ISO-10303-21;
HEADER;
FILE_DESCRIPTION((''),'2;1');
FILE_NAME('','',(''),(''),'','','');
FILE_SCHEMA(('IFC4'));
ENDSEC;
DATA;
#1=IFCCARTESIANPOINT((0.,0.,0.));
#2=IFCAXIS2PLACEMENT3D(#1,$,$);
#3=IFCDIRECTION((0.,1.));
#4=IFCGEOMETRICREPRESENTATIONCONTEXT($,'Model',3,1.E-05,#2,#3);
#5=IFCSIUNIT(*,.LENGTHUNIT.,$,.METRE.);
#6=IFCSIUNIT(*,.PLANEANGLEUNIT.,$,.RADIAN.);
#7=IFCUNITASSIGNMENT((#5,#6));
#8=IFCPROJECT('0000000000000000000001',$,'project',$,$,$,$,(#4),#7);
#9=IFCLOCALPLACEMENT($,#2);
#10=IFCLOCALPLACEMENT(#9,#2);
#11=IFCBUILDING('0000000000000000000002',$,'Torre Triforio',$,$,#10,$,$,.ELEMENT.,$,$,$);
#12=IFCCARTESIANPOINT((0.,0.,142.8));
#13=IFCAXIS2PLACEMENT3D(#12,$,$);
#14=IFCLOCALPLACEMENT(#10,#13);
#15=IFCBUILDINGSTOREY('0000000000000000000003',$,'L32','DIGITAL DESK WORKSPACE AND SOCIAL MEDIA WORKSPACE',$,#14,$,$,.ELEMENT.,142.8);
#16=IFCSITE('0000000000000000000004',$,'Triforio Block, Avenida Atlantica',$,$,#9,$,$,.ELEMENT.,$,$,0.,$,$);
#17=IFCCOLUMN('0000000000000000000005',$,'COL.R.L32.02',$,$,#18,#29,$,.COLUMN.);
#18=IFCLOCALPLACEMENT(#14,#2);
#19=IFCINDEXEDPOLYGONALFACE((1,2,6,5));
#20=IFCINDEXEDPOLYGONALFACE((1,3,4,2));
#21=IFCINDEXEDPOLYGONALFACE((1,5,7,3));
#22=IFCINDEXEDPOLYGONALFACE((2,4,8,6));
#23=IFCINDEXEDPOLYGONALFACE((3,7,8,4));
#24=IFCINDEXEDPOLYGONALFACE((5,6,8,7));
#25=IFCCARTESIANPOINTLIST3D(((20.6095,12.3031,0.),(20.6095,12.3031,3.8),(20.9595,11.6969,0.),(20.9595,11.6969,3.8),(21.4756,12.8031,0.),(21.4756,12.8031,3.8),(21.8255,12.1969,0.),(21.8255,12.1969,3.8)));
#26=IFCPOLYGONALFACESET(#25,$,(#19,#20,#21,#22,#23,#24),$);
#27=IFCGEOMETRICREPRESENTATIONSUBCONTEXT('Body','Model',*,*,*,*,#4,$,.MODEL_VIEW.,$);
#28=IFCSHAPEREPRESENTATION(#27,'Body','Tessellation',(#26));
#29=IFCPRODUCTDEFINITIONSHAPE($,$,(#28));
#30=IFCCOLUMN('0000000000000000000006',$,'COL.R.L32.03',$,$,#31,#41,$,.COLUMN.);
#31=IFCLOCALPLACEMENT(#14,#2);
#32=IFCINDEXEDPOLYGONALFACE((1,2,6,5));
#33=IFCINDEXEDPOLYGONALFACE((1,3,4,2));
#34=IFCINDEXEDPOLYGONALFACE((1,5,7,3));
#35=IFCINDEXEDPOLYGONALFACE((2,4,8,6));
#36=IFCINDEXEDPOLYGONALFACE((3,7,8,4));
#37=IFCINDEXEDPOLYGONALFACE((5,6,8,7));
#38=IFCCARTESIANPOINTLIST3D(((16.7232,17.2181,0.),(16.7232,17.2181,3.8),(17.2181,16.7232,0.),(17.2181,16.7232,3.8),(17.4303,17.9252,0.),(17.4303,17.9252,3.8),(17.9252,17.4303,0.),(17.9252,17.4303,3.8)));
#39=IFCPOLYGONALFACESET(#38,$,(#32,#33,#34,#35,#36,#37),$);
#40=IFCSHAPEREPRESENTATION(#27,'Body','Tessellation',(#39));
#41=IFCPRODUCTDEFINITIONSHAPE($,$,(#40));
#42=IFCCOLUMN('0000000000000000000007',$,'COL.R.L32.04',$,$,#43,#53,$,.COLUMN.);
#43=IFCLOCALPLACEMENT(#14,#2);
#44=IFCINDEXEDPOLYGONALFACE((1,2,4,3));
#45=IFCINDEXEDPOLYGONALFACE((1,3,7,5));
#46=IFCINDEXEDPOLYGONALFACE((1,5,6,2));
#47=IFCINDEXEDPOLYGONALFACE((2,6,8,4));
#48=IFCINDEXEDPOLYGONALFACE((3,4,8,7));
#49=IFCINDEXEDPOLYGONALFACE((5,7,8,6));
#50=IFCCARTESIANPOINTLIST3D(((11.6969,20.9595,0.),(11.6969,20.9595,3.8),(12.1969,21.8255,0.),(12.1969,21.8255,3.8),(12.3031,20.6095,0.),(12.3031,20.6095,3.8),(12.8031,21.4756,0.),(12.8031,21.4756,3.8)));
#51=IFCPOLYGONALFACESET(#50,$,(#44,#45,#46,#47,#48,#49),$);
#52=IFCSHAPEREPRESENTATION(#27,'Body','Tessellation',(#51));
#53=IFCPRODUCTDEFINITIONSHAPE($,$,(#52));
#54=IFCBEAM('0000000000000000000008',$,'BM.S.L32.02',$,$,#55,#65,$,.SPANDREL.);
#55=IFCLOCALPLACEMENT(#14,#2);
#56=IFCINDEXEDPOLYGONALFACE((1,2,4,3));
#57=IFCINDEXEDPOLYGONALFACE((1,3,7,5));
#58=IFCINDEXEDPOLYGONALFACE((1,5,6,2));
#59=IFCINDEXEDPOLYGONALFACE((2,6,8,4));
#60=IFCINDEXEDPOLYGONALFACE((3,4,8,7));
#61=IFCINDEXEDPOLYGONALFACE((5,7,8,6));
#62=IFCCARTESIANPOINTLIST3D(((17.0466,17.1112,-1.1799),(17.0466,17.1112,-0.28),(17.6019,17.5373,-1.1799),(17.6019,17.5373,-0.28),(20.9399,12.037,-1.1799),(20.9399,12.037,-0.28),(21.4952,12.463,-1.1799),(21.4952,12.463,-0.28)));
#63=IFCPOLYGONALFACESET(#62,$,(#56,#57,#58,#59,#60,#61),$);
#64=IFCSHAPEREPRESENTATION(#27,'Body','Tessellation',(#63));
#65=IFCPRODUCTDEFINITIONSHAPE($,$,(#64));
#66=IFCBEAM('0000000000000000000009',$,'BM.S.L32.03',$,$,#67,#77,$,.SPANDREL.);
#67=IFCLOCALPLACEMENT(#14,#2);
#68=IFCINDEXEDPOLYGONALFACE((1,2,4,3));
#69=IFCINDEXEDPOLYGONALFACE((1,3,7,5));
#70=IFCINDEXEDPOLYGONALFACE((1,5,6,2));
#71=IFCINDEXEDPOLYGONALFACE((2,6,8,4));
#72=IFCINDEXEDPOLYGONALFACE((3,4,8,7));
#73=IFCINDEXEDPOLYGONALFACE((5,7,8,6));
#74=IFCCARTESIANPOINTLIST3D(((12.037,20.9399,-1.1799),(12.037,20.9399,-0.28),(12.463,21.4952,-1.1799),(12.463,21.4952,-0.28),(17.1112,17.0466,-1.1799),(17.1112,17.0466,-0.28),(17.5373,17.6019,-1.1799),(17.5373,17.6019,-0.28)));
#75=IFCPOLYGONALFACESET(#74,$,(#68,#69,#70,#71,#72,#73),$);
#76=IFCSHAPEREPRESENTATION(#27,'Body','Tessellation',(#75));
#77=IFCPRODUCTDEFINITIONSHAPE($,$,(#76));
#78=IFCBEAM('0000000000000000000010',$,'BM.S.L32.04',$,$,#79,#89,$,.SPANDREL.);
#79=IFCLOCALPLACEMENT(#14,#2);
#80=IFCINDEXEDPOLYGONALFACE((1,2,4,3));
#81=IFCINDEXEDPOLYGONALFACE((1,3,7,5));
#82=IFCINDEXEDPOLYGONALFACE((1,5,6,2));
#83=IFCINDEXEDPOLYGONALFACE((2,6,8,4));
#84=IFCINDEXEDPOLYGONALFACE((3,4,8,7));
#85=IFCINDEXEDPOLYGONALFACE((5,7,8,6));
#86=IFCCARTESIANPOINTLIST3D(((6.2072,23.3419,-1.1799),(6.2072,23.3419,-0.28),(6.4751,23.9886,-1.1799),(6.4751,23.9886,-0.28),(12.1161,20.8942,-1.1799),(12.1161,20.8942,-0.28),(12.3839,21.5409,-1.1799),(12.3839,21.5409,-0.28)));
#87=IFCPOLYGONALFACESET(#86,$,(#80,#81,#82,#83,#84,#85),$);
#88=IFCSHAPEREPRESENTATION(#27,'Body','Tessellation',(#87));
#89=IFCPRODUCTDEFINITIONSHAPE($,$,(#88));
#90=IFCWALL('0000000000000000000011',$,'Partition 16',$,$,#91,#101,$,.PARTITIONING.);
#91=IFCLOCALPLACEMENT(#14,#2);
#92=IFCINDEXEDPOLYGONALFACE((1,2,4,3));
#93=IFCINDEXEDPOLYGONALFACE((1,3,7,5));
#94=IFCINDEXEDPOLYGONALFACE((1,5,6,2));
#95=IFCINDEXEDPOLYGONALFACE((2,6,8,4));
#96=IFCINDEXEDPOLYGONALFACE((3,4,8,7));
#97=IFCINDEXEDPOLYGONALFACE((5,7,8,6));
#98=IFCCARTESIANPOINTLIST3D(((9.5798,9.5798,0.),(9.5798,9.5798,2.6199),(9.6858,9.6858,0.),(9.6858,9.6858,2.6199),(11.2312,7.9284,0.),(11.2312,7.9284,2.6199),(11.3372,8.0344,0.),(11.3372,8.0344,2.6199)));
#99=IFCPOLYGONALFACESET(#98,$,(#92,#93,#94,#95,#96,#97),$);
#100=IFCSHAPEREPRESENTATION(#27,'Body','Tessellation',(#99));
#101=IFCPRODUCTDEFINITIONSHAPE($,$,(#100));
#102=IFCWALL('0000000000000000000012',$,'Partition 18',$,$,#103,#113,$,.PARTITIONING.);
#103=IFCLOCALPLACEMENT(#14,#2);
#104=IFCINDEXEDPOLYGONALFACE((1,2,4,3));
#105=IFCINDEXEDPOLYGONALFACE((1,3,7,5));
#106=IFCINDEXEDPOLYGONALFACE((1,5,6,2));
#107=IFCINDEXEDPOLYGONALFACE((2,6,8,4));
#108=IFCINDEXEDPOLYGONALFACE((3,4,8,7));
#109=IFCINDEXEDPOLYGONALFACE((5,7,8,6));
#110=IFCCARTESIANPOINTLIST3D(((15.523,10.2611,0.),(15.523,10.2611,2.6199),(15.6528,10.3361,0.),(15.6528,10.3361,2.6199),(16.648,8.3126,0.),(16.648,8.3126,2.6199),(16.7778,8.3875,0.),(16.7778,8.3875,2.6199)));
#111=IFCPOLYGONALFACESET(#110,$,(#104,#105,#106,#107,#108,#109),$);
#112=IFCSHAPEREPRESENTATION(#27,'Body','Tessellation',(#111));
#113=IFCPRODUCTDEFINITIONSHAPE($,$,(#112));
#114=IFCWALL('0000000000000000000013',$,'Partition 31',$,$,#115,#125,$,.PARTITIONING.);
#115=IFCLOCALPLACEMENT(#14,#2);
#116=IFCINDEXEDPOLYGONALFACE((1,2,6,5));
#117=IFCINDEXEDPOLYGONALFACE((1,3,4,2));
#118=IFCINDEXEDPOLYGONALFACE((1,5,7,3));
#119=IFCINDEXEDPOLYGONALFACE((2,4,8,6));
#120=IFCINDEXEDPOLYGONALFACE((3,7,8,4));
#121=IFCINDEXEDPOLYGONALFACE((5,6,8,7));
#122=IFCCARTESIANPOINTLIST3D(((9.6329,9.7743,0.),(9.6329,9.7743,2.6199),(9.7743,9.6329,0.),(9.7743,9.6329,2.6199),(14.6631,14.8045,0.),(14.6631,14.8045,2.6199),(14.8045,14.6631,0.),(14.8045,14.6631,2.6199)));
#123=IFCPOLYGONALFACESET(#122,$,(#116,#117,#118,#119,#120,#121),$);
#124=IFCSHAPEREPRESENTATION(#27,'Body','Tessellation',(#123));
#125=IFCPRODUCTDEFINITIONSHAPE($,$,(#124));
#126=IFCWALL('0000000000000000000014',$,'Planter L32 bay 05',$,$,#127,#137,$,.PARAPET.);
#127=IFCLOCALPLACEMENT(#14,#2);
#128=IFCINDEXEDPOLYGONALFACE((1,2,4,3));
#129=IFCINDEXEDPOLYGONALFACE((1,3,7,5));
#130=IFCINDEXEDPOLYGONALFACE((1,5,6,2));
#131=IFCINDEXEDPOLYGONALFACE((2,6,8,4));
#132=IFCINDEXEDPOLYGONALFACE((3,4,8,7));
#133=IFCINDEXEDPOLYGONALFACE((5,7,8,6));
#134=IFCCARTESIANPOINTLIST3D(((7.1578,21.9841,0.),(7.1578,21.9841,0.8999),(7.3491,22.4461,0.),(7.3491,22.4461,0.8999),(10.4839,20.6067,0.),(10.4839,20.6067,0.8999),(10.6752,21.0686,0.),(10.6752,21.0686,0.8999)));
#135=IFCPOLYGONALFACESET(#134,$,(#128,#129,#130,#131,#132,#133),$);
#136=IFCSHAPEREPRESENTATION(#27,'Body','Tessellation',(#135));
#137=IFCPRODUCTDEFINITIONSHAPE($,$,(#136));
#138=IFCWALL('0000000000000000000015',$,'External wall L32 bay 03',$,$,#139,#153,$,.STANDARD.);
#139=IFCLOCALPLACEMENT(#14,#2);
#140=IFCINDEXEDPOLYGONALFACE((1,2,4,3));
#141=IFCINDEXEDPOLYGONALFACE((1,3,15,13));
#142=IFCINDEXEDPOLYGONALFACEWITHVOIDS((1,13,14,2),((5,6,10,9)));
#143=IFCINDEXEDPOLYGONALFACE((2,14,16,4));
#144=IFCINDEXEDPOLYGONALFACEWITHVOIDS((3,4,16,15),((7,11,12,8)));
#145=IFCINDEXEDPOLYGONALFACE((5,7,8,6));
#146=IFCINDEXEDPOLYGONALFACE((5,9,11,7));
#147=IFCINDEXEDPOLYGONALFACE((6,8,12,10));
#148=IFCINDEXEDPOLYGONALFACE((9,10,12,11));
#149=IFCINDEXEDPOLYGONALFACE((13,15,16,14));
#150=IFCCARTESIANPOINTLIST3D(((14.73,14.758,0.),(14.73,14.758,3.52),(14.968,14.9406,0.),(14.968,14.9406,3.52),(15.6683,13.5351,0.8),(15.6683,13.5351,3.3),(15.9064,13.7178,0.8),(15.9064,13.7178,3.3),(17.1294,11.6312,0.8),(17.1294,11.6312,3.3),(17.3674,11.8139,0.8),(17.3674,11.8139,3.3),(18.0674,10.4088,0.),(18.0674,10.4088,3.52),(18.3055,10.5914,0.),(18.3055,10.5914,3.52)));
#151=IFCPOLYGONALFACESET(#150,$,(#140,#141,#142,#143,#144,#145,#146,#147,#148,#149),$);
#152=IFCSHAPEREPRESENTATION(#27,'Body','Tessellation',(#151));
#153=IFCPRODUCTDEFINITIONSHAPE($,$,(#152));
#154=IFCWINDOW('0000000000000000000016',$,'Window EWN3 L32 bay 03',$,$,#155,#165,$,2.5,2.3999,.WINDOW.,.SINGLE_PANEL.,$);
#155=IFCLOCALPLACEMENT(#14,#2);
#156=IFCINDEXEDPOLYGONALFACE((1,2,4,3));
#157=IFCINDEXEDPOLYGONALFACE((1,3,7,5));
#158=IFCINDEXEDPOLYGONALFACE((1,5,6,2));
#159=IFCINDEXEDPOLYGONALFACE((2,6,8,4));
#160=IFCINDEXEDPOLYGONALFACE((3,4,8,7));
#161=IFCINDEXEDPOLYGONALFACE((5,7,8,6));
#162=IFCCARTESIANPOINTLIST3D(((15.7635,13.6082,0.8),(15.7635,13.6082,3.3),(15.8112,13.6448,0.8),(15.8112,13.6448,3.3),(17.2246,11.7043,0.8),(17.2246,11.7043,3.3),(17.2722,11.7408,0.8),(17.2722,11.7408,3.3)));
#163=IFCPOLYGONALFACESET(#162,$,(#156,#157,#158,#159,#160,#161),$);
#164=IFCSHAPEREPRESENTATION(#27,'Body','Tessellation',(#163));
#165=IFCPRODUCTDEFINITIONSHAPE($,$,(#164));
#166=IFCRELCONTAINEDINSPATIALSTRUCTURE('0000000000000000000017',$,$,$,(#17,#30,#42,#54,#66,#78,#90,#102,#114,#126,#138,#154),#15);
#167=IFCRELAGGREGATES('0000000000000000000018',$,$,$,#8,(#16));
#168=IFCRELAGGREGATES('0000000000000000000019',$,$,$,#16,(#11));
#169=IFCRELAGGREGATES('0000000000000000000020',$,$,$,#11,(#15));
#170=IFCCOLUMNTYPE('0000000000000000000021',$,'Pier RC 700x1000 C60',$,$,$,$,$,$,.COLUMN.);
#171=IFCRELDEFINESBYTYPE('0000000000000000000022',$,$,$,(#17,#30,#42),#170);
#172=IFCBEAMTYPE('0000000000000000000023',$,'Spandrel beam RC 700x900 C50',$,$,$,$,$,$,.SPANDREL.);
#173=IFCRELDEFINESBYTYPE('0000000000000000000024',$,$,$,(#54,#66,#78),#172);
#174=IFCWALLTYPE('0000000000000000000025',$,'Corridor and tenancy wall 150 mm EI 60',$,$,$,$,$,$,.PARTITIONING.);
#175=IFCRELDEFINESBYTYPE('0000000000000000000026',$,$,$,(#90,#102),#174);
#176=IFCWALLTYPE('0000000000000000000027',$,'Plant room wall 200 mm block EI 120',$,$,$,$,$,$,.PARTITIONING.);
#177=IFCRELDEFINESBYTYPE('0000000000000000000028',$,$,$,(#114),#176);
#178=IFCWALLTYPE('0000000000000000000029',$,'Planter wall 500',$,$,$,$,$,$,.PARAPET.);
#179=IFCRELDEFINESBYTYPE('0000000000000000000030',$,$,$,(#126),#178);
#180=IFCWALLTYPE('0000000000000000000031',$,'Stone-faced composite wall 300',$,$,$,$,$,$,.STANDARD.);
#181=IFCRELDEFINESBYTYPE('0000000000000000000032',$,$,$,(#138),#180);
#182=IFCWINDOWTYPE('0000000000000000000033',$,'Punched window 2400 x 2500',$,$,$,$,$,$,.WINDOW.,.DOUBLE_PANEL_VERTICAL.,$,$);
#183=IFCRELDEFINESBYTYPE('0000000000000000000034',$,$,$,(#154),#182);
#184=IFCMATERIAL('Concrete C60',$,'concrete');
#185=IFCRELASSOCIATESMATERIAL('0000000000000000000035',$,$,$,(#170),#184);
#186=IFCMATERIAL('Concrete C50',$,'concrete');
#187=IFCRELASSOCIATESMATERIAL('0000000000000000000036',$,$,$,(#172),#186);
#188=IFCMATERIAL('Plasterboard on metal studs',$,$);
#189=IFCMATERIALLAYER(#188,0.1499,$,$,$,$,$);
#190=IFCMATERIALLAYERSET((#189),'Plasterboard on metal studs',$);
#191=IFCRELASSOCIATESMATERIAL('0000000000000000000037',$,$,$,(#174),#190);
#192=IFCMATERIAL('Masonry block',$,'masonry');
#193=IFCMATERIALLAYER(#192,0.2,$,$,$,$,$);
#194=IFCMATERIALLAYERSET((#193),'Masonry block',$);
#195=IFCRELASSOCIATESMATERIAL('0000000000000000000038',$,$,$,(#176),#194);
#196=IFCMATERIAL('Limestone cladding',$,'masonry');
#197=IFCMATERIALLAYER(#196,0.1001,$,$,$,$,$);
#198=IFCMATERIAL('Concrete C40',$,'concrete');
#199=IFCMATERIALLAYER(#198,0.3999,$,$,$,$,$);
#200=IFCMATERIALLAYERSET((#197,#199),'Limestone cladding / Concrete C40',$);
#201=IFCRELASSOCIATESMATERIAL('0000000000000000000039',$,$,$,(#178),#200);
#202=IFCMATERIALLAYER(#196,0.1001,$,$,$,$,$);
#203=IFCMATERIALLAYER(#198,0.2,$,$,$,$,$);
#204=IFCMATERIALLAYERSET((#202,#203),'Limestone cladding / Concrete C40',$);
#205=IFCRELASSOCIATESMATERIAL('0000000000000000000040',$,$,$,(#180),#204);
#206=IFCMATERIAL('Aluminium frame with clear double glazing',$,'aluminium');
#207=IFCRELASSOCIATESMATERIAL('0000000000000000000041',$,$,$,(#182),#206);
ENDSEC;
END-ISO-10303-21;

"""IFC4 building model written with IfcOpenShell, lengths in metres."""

from ifc_helpers import new_model, si_unit, direction, frame, frame_2d, origin, origin_2d, place, context, subcontext, project, spatial, rectangle, extrude, material, layer, layer_set, material_profile, profile_set, type_object, element, fill, save


model = new_model("IFC4")

# Units and contexts
model_context = context("Model", 3, precision=1e-05, world=origin(), true_north=direction((0.0, 1.0)))
body_context = subcontext(model_context, "Body", "Model", "MODEL_VIEW")
ifc_project = project(units=[si_unit("LENGTHUNIT", "METRE"), si_unit("PLANEANGLEUNIT", "RADIAN")], contexts=[model_context])

# Site, building, storey
site_placement = place(None, origin())
site = spatial("IfcSite", under=ifc_project, at=site_placement, Name="Triforio Block, Avenida Atlantica", CompositionType="ELEMENT", RefElevation=0.0)
building_placement = place(site_placement, origin())
building = spatial("IfcBuilding", under=site, at=building_placement, Name="Torre Triforio", CompositionType="ELEMENT")
storey_placement = place(building_placement, frame((0.0, 0.0, 142.8)))
storey = spatial("IfcBuildingStorey", under=building, at=storey_placement, Name="L32", Description="DIGITAL DESK WORKSPACE AND SOCIAL MEDIA WORKSPACE", CompositionType="ELEMENT", Elevation=142.8)

# Columns
ifc_material_1 = material(Name="Concrete C60", Category="concrete")
ifc_material_profile_1 = material_profile(ifc_material_1, rectangle(XDim=0.7, YDim=1.0, at=origin_2d()), Name="RC 700x1000")
ifc_profile_set_1 = profile_set([ifc_material_profile_1], Name="Concrete C60")
column_type = type_object("IfcColumnType", Name="Pier RC 700x1000 C60", PredefinedType="COLUMN", material=ifc_profile_set_1)
for number, where, z_axis, x_axis, name in (
    (1, (21.2175, 12.25, 0.0), (0.0, 0.0, 1.0), (-0.5, 0.866025, 0.0), "COL.R.L32.02"),
    (2, (17.3242, 17.3242, 0.0), (0.0, 0.0, 1.0), (-0.707107, 0.707107, 0.0), "COL.R.L32.03"),
    (3, (12.25, 21.2175, 0.0), (0.0, 0.0, 1.0), (-0.866025, 0.5, 0.0), "COL.R.L32.04"),
):
    element("IfcColumn", number, at=place(storey_placement, frame(where, z_axis=z_axis, x_axis=x_axis)), inside=storey, type_object=column_type, Name=name, PredefinedType="COLUMN", context=body_context, shape_type="SweptSolid", body=[
        extrude(rectangle(XDim=0.7, YDim=1.0, at=origin_2d()), origin(), (0.0, 0.0, 1.0), 3.8),
    ])

# Beams
ifc_material_2 = material(Name="Concrete C50", Category="concrete")
ifc_material_profile_2 = material_profile(ifc_material_2, rectangle(XDim=0.7, YDim=0.8999, at=origin_2d()), Name="RC 700x900")
ifc_profile_set_2 = profile_set([ifc_material_profile_2], Name="Concrete C50")
beam_type = type_object("IfcBeamType", Name="Spandrel beam RC 700x900 C50", PredefinedType="SPANDREL", material=ifc_profile_set_2)
for number, where, z_axis, x_axis, name in (
    (4, (21.2175, 12.25, -0.73), (-0.608734, 0.793374, 0.0), (-0.793374, -0.608734, 0.0), "BM.S.L32.02"),
    (5, (17.3242, 17.3242, -0.73), (-0.793374, 0.608734, 0.0), (-0.608734, -0.793374, 0.0), "BM.S.L32.03"),
    (6, (12.25, 21.2175, -0.73), (-0.923869, 0.382709, 0.0), (-0.382709, -0.923869, 0.0), "BM.S.L32.04"),
):
    element("IfcBeam", number, at=place(storey_placement, frame(where, z_axis=z_axis, x_axis=x_axis)), inside=storey, type_object=beam_type, Name=name, PredefinedType="SPANDREL", context=body_context, shape_type="SweptSolid", body=[
        extrude(rectangle(XDim=0.7, YDim=0.8999, at=origin_2d()), origin(), (0.0, 0.0, 1.0), 6.3958),
    ])

# Walls
ifc_material_3 = material(Name="Plasterboard on metal studs")
ifc_layer_1 = layer(ifc_material_3, 0.1499)
ifc_layer_set_1 = layer_set([ifc_layer_1], Name="Plasterboard on metal studs")
wall_type_1 = type_object("IfcWallType", Name="Corridor and tenancy wall 150 mm EI 60", PredefinedType="PARTITIONING", material=ifc_layer_set_1)
wall_1_placement = place(storey_placement, frame((9.6328, 9.6328, 0.0), z_axis=(0.0, 0.0, 1.0), x_axis=(0.707107, -0.707107, 0.0)))
element("IfcWall", 7, at=wall_1_placement, inside=storey, type_object=wall_type_1, Name="Partition 16", PredefinedType="PARTITIONING", context=body_context, shape_type="SweptSolid", body=[
    extrude(rectangle(XDim=2.3354, YDim=0.1499, at=frame_2d((1.1677, 0.0))), origin(), (0.0, 0.0, 1.0), 2.6199),
])
wall_2_placement = place(storey_placement, frame((15.5879, 10.2986, 0.0), z_axis=(0.0, 0.0, 1.0), x_axis=(0.500014, -0.866018, 0.0)))
element("IfcWall", 8, at=wall_2_placement, inside=storey, type_object=wall_type_1, Name="Partition 18", PredefinedType="PARTITIONING", context=body_context, shape_type="SweptSolid", body=[
    extrude(rectangle(XDim=2.25, YDim=0.1499, at=frame_2d((1.125, 0.0))), origin(), (0.0, 0.0, 1.0), 2.6199),
])
ifc_material_4 = material(Name="Masonry block", Category="masonry")
ifc_layer_2 = layer(ifc_material_4, 0.2)
ifc_layer_set_2 = layer_set([ifc_layer_2], Name="Masonry block")
wall_type_2 = type_object("IfcWallType", Name="Plant room wall 200 mm block EI 120", PredefinedType="PARTITIONING", material=ifc_layer_set_2)
wall_3_placement = place(storey_placement, frame((9.7036, 9.7036, 0.0), z_axis=(0.0, 0.0, 1.0), x_axis=(0.707107, 0.707107, 0.0)))
element("IfcWall", 9, at=wall_3_placement, inside=storey, type_object=wall_type_2, Name="Partition 31", PredefinedType="PARTITIONING", context=body_context, shape_type="SweptSolid", body=[
    extrude(rectangle(XDim=7.1138, YDim=0.2, at=frame_2d((3.5569, 0.0))), origin(), (0.0, 0.0, 1.0), 2.6199),
])
ifc_material_5 = material(Name="Limestone cladding", Category="masonry")
ifc_layer_3 = layer(ifc_material_5, 0.1001)
ifc_material_6 = material(Name="Concrete C40", Category="concrete")
ifc_layer_4 = layer(ifc_material_6, 0.3999)
ifc_layer_set_3 = layer_set([ifc_layer_3, ifc_layer_4], Name="Limestone cladding / Concrete C40")
wall_type_3 = type_object("IfcWallType", Name="Planter wall 500", PredefinedType="PARAPET", material=ifc_layer_set_3)
wall_4_placement = place(storey_placement, frame((10.5796, 20.8376, 0.0), z_axis=(0.0, 0.0, 1.0), x_axis=(-0.923909, 0.382611, 0.0)))
element("IfcWall", 10, at=wall_4_placement, inside=storey, type_object=wall_type_3, Name="Planter L32 bay 05", PredefinedType="PARAPET", context=body_context, shape_type="SweptSolid", body=[
    extrude(rectangle(XDim=3.6001, YDim=0.5, at=frame_2d((1.8, 0.0))), origin(), (0.0, 0.0, 1.0), 0.8999),
])

# Wall, opening, window
ifc_layer_5 = layer(ifc_material_5, 0.1001)
ifc_layer_6 = layer(ifc_material_6, 0.2)
ifc_layer_set_4 = layer_set([ifc_layer_5, ifc_layer_6], Name="Limestone cladding / Concrete C40")
wall_type_4 = type_object("IfcWallType", Name="Stone-faced composite wall 300", PredefinedType="STANDARD", material=ifc_layer_set_4)
wall_5_placement = place(storey_placement, frame((18.1865, 10.5, 0.0), z_axis=(0.0, 0.0, 1.0), x_axis=(-0.608785, 0.793335, 0.0)))
wall_5 = element("IfcWall", 11, at=wall_5_placement, inside=storey, type_object=wall_type_4, Name="External wall L32 bay 03", PredefinedType="STANDARD", context=body_context, shape_type="SweptSolid", body=[
    extrude(rectangle(XDim=5.4822, YDim=0.3, at=frame_2d((2.7412, 0.0))), origin(), (0.0, 0.0, 1.0), 3.52),
])
opening_1_placement = place(wall_5_placement, frame((1.541, 0.0, 0.8)))
opening_1 = element("IfcOpeningElement", 12, at=opening_1_placement, cuts=wall_5, PredefinedType="OPENING", context=body_context, shape_type="SweptSolid", body=[
    extrude(rectangle(XDim=2.3999, YDim=2.5, at=frame_2d((1.2, 1.25))), frame((0.0, 0.1599, 0.0), z_axis=(0.0, -1.0, 0.0), x_axis=(1.0, 0.0, 0.0)), (0.0, 0.0, 1.0), 0.3201),
])
ifc_material_7 = material(Name="Aluminium frame with clear double glazing", Category="aluminium")
window_type_1 = type_object("IfcWindowType", Name="Punched window 2400 x 2500", PartitioningType="DOUBLE_PANEL_VERTICAL", PredefinedType="WINDOW", material=ifc_material_7)
window_1_placement = place(opening_1_placement, origin())
window_1 = element("IfcWindow", 13, at=window_1_placement, inside=storey, type_object=window_type_1, Name="Window EWN3 L32 bay 03", OverallHeight=2.5, OverallWidth=2.3999, PartitioningType="SINGLE_PANEL", PredefinedType="WINDOW", context=body_context, shape_type="SweptSolid", body=[
    extrude(rectangle(XDim=2.3999, YDim=2.5, at=frame_2d((1.2, 1.25))), frame((0.0, 0.03, 0.0), z_axis=(0.0, -1.0, 0.0), x_axis=(1.0, 0.0, 0.0)), (0.0, 0.0, 1.0), 0.0601),
])
fill(opening_1, window_1)

save(model, "model.ifc")
